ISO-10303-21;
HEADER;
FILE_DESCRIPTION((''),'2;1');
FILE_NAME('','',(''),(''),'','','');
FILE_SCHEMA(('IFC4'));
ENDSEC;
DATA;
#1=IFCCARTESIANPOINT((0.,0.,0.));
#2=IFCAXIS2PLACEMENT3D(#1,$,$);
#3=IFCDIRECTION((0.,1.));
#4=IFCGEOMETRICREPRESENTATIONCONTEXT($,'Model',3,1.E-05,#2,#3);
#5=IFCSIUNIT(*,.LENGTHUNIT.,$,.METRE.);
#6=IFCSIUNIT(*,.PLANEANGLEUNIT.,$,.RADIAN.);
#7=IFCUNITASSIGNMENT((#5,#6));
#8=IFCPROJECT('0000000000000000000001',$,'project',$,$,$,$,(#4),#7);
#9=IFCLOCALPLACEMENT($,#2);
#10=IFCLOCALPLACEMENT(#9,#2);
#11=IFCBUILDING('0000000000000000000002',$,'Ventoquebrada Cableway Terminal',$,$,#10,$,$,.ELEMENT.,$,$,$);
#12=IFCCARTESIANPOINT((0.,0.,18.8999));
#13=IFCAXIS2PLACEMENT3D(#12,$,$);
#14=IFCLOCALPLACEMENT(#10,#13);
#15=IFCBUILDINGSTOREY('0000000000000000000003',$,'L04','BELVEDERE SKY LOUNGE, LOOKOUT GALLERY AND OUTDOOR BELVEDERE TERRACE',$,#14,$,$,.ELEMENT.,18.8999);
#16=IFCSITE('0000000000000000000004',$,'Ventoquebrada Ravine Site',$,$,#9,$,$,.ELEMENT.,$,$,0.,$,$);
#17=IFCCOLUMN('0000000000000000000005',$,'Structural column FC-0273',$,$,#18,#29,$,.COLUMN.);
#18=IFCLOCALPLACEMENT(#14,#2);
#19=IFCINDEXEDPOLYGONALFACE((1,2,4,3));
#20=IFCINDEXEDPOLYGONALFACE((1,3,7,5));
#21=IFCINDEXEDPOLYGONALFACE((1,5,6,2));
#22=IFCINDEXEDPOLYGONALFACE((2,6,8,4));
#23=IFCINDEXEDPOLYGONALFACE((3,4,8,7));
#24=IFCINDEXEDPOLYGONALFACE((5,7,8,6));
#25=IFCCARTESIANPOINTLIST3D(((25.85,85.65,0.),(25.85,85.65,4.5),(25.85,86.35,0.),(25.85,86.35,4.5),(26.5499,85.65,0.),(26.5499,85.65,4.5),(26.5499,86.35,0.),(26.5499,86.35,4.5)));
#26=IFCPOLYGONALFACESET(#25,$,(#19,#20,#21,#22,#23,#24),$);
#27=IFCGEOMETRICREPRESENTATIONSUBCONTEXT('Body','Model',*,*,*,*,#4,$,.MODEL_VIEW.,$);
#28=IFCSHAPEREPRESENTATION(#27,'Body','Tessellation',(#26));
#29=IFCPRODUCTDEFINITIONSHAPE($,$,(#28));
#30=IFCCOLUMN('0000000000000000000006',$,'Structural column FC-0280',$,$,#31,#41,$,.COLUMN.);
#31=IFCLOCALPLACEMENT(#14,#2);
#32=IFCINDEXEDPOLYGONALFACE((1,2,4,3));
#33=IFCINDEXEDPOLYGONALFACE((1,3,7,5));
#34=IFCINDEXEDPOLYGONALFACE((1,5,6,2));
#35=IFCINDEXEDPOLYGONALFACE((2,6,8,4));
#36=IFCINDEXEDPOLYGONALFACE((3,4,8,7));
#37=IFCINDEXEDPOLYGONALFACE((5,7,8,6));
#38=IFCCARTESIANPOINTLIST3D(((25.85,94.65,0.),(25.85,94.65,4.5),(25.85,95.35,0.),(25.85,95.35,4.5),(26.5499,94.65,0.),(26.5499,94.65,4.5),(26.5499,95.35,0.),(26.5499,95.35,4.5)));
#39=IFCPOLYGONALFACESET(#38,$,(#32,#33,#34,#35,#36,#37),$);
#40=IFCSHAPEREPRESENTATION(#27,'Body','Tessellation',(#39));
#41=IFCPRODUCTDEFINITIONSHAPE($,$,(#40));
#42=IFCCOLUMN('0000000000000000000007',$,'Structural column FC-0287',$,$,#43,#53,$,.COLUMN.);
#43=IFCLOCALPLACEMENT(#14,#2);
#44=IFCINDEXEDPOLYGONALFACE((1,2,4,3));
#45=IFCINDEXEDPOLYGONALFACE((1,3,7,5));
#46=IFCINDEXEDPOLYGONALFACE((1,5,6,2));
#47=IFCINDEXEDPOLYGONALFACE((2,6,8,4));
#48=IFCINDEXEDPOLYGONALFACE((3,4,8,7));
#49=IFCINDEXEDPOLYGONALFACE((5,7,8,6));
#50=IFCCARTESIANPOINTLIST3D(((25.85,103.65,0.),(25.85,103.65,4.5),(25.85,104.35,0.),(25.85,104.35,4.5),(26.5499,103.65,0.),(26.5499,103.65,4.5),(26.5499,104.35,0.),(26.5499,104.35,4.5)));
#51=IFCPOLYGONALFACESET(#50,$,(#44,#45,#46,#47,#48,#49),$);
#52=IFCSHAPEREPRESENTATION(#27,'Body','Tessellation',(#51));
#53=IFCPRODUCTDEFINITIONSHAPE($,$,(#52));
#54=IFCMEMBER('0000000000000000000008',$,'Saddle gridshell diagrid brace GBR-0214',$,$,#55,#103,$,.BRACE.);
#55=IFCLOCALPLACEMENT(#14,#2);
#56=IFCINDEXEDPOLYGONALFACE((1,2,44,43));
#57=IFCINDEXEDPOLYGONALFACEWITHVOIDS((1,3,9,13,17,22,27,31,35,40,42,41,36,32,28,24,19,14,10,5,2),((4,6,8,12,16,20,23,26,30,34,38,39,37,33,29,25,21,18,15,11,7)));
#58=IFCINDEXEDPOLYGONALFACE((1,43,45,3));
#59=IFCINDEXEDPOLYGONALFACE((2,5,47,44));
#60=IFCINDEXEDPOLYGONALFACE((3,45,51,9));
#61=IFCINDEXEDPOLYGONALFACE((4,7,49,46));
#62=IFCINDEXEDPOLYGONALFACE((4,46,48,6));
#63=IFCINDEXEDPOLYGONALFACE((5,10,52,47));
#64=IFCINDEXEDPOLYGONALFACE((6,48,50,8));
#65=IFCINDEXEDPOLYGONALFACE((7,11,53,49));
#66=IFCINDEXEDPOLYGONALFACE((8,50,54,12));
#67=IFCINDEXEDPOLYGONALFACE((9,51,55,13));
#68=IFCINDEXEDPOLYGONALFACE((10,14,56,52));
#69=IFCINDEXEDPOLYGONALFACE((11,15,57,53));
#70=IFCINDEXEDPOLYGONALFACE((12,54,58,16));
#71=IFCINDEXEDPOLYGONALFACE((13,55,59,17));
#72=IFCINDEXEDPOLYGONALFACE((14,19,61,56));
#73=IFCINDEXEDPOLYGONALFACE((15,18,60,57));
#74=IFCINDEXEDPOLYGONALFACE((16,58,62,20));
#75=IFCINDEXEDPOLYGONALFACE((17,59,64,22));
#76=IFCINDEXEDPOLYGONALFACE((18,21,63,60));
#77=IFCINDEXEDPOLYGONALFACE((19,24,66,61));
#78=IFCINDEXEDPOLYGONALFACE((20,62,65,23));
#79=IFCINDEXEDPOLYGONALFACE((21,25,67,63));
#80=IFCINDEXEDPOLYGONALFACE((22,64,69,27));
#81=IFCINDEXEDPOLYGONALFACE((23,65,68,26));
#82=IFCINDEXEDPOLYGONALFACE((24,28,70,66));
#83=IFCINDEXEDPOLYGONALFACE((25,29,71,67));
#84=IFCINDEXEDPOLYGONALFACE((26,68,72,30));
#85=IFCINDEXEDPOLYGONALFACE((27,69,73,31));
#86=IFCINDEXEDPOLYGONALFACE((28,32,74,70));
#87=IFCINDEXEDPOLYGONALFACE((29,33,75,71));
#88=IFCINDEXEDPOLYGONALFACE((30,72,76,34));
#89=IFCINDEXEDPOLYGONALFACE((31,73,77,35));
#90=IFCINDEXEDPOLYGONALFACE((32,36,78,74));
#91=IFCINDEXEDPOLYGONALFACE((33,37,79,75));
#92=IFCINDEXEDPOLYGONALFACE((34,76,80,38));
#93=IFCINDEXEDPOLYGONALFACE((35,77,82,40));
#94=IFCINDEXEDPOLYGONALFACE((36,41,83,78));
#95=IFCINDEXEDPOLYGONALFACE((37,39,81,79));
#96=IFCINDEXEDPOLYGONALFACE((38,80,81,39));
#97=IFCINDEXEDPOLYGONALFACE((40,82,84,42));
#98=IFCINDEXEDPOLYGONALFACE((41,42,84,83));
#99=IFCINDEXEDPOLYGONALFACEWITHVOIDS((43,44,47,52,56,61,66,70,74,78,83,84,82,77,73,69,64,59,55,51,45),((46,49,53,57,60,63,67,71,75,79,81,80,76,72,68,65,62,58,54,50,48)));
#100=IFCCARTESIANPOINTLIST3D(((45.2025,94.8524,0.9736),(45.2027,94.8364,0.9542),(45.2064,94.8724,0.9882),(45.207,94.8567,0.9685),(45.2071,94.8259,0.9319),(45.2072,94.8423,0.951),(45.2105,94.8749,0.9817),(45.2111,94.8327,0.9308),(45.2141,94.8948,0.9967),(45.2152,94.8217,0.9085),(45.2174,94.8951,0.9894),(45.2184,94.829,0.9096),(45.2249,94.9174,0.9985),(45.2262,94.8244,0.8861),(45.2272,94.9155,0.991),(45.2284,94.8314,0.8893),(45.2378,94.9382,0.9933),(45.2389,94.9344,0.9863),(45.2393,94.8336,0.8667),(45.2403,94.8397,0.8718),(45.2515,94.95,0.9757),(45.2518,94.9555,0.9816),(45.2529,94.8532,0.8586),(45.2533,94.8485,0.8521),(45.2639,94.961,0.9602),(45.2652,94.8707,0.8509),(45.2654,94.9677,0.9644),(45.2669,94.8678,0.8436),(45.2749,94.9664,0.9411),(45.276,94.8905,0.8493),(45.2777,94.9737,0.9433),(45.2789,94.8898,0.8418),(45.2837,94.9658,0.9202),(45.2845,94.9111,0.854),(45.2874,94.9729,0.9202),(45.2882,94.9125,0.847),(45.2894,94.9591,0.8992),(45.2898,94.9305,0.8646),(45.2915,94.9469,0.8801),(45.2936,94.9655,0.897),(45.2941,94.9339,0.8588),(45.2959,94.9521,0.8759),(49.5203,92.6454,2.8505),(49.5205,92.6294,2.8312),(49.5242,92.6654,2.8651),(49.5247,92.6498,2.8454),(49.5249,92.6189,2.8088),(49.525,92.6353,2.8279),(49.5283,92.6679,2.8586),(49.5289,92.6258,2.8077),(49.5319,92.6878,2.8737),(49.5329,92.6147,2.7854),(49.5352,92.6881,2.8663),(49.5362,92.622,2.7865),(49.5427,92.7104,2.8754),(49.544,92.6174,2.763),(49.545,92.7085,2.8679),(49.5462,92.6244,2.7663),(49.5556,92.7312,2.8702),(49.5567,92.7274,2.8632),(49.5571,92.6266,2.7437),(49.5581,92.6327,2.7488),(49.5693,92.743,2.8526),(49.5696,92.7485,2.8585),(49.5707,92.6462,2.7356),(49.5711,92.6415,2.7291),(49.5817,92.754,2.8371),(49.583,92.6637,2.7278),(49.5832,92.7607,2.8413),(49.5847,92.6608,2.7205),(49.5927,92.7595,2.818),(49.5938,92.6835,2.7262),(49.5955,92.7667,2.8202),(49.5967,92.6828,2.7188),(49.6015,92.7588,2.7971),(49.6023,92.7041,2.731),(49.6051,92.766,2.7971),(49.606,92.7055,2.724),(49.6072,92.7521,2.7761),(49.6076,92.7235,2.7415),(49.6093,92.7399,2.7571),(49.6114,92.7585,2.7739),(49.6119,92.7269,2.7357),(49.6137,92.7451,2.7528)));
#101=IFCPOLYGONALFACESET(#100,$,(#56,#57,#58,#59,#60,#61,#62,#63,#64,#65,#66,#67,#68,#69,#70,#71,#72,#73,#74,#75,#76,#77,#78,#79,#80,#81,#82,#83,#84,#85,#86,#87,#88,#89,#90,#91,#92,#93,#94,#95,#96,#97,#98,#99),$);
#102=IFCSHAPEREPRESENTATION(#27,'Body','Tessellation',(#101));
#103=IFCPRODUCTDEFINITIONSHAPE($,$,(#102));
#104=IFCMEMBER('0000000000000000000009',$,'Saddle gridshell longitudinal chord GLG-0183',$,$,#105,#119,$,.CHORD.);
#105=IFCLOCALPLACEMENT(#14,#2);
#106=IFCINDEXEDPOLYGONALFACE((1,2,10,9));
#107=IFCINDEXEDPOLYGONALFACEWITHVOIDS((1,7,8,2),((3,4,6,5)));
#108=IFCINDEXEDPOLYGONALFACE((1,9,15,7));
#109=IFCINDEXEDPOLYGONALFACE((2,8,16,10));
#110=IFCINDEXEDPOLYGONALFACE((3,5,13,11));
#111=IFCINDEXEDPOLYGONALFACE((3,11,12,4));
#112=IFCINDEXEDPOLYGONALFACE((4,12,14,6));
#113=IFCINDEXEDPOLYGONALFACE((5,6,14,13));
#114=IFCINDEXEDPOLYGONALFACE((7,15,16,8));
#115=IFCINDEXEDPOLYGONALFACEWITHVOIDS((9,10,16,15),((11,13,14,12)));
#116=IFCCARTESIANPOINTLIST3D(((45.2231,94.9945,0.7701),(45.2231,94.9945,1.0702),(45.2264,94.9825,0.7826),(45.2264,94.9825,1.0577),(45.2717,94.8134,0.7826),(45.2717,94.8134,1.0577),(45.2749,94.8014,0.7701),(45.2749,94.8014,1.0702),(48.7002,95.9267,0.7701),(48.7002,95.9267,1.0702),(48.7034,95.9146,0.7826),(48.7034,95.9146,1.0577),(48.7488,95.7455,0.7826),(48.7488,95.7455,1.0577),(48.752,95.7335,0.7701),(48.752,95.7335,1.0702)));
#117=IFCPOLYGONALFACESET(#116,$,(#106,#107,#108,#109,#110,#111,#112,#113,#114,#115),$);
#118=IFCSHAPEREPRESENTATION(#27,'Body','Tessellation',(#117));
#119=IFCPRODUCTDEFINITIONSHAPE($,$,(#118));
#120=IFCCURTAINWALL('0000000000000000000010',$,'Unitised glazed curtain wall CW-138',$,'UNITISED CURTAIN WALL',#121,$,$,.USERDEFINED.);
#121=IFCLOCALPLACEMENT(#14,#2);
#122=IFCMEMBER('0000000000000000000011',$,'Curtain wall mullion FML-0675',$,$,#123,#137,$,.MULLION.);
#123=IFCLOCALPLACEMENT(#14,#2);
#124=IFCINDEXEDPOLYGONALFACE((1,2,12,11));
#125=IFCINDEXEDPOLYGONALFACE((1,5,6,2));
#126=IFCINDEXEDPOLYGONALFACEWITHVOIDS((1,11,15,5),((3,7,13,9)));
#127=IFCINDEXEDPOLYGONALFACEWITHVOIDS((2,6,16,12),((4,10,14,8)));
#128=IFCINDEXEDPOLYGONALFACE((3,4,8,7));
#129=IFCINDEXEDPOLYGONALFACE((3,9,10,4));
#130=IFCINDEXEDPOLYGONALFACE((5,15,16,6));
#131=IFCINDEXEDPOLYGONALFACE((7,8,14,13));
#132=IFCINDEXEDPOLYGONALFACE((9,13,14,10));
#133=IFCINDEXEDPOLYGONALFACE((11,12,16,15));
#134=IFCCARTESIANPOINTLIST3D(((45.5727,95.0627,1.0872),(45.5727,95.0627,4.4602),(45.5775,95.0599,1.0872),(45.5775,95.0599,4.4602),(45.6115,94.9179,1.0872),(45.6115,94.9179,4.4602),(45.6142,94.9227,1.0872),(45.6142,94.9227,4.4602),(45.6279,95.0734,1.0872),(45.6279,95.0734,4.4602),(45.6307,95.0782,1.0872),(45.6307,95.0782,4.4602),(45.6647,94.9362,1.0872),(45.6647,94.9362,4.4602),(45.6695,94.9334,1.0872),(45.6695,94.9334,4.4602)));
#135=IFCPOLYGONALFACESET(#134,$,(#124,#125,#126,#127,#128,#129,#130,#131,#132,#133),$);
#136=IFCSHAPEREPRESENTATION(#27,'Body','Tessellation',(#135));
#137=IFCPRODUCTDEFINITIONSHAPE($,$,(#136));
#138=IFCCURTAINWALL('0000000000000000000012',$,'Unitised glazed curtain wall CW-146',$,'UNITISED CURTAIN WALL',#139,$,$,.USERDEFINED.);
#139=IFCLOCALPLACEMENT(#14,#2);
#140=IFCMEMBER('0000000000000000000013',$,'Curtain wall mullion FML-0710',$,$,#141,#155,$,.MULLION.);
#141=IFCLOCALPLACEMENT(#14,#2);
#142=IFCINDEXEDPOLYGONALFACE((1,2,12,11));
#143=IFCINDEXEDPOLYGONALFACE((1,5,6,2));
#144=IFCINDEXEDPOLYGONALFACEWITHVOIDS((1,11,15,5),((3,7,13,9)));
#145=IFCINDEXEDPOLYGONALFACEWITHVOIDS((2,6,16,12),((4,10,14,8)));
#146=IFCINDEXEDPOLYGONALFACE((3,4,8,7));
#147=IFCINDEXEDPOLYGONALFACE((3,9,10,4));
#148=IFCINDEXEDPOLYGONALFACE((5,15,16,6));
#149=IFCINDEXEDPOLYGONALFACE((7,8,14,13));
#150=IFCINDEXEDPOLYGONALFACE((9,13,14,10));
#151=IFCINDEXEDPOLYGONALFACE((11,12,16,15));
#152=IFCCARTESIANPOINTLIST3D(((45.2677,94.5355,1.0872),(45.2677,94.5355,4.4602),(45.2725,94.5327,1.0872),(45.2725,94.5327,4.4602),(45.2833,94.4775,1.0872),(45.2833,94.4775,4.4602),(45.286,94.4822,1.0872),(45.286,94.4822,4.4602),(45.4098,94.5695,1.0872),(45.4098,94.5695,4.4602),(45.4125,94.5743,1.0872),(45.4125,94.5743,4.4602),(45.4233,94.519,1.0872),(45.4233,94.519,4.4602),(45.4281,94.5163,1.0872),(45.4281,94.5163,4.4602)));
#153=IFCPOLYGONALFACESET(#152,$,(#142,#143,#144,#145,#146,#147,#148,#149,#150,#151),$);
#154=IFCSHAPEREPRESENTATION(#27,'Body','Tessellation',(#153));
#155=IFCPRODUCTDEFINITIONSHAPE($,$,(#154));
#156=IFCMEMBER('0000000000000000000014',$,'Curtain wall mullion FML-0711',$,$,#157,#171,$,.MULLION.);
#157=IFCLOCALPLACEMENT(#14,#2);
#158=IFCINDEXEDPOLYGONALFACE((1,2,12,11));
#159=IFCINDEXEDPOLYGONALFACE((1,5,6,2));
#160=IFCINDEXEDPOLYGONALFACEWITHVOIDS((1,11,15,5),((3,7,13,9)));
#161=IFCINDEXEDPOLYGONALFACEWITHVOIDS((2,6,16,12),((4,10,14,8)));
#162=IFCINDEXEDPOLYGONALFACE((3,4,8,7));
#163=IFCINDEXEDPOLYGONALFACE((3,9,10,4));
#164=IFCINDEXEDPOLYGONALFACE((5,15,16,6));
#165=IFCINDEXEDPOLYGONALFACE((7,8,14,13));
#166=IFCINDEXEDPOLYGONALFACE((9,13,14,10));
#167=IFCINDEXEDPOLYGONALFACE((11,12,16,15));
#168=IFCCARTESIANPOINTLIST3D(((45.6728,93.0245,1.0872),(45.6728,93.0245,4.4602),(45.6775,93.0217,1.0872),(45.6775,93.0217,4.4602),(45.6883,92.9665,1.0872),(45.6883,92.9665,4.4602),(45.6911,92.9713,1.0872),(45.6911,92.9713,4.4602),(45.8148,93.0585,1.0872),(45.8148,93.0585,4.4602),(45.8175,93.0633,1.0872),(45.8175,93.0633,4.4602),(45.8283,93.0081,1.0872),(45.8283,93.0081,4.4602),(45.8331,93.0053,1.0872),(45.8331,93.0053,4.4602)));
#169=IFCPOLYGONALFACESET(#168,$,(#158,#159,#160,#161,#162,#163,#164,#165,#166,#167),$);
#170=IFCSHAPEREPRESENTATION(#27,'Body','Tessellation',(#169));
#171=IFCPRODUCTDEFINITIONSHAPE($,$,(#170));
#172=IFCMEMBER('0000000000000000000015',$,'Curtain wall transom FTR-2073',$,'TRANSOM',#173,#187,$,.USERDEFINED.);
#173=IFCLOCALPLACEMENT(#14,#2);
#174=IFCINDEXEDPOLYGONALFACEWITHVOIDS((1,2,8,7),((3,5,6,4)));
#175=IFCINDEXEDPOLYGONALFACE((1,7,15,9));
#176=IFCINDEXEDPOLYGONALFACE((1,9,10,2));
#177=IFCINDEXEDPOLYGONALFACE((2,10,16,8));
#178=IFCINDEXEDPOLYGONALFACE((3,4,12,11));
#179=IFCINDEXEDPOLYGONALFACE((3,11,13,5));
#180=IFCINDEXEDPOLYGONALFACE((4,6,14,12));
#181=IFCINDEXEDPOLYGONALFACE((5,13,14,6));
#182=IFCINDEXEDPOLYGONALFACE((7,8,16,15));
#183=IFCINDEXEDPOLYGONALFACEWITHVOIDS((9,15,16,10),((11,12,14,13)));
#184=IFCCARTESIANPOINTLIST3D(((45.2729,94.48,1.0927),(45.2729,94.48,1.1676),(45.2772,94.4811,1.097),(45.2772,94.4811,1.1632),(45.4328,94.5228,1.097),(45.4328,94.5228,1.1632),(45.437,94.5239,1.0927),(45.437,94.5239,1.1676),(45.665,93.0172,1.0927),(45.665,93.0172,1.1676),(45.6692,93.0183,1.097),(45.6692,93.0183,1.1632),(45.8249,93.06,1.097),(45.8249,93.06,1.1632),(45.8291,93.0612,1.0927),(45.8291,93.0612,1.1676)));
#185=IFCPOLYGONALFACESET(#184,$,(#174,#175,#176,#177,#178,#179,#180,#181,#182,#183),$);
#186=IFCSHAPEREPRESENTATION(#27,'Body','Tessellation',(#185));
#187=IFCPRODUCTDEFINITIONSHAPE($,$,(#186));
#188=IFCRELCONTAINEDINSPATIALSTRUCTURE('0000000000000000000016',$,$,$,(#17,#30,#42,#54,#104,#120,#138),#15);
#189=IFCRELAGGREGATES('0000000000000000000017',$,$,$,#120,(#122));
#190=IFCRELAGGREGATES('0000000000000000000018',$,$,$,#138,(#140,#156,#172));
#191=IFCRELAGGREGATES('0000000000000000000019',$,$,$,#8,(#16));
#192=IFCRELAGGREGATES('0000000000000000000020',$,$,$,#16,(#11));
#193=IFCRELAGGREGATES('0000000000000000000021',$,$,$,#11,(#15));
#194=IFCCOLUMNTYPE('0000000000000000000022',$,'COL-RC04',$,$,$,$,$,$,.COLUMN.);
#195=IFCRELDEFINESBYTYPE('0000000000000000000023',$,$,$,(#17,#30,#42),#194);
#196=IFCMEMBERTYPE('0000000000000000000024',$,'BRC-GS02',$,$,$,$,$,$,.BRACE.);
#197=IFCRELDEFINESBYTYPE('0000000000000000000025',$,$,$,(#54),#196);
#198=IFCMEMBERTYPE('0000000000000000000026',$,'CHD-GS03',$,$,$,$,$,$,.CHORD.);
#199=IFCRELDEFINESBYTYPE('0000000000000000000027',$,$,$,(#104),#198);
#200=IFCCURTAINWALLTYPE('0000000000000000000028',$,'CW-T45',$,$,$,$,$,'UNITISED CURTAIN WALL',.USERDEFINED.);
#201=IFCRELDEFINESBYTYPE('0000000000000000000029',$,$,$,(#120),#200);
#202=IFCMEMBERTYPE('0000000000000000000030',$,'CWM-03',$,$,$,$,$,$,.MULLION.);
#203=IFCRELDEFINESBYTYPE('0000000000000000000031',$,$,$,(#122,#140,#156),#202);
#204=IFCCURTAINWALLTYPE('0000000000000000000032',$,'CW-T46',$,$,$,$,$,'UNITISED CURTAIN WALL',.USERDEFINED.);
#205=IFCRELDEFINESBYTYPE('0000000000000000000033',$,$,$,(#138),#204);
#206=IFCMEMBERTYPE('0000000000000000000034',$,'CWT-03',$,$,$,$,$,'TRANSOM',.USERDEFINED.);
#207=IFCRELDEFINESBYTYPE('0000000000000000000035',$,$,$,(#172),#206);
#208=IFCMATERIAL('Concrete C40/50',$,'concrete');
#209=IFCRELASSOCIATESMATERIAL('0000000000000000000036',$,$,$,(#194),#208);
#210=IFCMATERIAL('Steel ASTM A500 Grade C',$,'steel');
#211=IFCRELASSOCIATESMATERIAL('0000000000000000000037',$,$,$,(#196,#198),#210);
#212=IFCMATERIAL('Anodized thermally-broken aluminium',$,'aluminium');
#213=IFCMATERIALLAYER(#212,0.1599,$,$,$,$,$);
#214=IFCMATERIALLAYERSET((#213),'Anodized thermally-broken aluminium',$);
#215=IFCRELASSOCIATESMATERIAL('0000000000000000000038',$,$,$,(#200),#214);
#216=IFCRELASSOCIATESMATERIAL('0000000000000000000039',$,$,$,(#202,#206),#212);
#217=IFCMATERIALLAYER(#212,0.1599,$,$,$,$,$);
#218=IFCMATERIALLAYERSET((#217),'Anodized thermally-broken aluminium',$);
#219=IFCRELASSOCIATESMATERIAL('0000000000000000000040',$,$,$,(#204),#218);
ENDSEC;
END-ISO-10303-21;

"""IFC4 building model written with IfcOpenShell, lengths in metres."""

from ifc_helpers import new_model, si_unit, direction, frame, origin, origin_2d, place, context, subcontext, project, spatial, rectangle, hollow_rectangle, hollow_circle, extrude, material, layer, layer_set, material_profile, profile_set, type_object, element, aggregate, save


model = new_model("IFC4")

# Units and contexts
model_context = context("Model", 3, precision=1e-05, world=origin(), true_north=direction((0.0, 1.0)))
body_context = subcontext(model_context, "Body", "Model", "MODEL_VIEW")
ifc_project = project(units=[si_unit("LENGTHUNIT", "METRE"), si_unit("PLANEANGLEUNIT", "RADIAN")], contexts=[model_context])

# Site, building, storey
site_placement = place(None, origin())
site = spatial("IfcSite", under=ifc_project, at=site_placement, Name="Ventoquebrada Ravine Site", CompositionType="ELEMENT", RefElevation=0.0)
building_placement = place(site_placement, origin())
building = spatial("IfcBuilding", under=site, at=building_placement, Name="Ventoquebrada Cableway Terminal", CompositionType="ELEMENT")
storey_placement = place(building_placement, frame((0.0, 0.0, 18.8999)))
storey = spatial("IfcBuildingStorey", under=building, at=storey_placement, Name="L04", Description="BELVEDERE SKY LOUNGE, LOOKOUT GALLERY AND OUTDOOR BELVEDERE TERRACE", CompositionType="ELEMENT", Elevation=18.8999)

# Columns
ifc_material_1 = material(Name="Concrete C40/50", Category="concrete")
ifc_material_profile_1 = material_profile(ifc_material_1, rectangle(XDim=0.7, YDim=0.7, at=origin_2d()), Name="RC-COL-700X700")
ifc_profile_set_1 = profile_set([ifc_material_profile_1], Name="Concrete C40/50")
column_type = type_object("IfcColumnType", Name="COL-RC04", PredefinedType="COLUMN", material=ifc_profile_set_1)
for number, where, z_axis, x_axis, name in (
    (1, (26.2, 86.0, 0.0), (0.0, 0.0, 1.0), (1.0, 0.0, 0.0), "Structural column FC-0273"),
    (2, (26.2, 95.0, 0.0), (0.0, 0.0, 1.0), (1.0, 0.0, 0.0), "Structural column FC-0280"),
    (3, (26.2, 104.0, 0.0), (0.0, 0.0, 1.0), (1.0, 0.0, 0.0), "Structural column FC-0287"),
):
    element("IfcColumn", number, at=place(storey_placement, frame(where, z_axis=z_axis, x_axis=x_axis)), inside=storey, type_object=column_type, Name=name, PredefinedType="COLUMN", context=body_context, shape_type="SweptSolid", body=[
        extrude(rectangle(XDim=0.7, YDim=0.7, at=origin_2d()), origin(), (0.0, 0.0, 1.0), 4.5),
    ])

# Members
ifc_material_2 = material(Name="Steel ASTM A500 Grade C", Category="steel")
ifc_material_profile_2 = material_profile(ifc_material_2, hollow_circle(Radius=0.0842, WallThickness=0.0081, at=origin_2d()), Name="CHS168.3X8")
ifc_profile_set_2 = profile_set([ifc_material_profile_2], Name="Steel ASTM A500 Grade C")
member_type_1 = type_object("IfcMemberType", Name="BRC-GS02", PredefinedType="BRACE", material=ifc_profile_set_2)
member_1_placement = place(storey_placement, frame((45.249, 94.8979, 0.9202), z_axis=(0.830391, -0.424445, 0.360966), x_axis=(0.455131, 0.890425, 0.0)))
element("IfcMember", 4, at=member_1_placement, inside=storey, type_object=member_type_1, Name="Saddle gridshell diagrid brace GBR-0214", PredefinedType="BRACE", context=body_context, shape_type="SweptSolid", body=[
    extrude(hollow_circle(Radius=0.0842, WallThickness=0.0081, at=origin_2d()), origin(), (0.0, 0.0, 1.0), 5.1997),
])
ifc_material_profile_3 = material_profile(ifc_material_2, hollow_rectangle(XDim=0.2, YDim=0.3, WallThickness=0.0125, at=origin_2d()), Name="RHS300X200X12.5")
ifc_profile_set_3 = profile_set([ifc_material_profile_3], Name="Steel ASTM A500 Grade C")
member_type_2 = type_object("IfcMemberType", Name="CHD-GS03", PredefinedType="CHORD", material=ifc_profile_set_3)
member_2_placement = place(storey_placement, frame((45.249, 94.8979, 0.9202), z_axis=(0.965894, 0.258937, 0.0), x_axis=(-0.258937, 0.965894, 0.0)))
element("IfcMember", 5, at=member_2_placement, inside=storey, type_object=member_type_2, Name="Saddle gridshell longitudinal chord GLG-0183", PredefinedType="CHORD", context=body_context, shape_type="SweptSolid", body=[
    extrude(hollow_rectangle(XDim=0.2, YDim=0.3, WallThickness=0.0125, at=origin_2d()), origin(), (0.0, 0.0, 1.0), 3.5999),
])

# Curtain wall, member
ifc_material_3 = material(Name="Anodized thermally-broken aluminium", Category="aluminium")
ifc_layer_1 = layer(ifc_material_3, 0.1599)
ifc_layer_set_1 = layer_set([ifc_layer_1], Name="Anodized thermally-broken aluminium")
curtain_wall_type_1 = type_object("IfcCurtainWallType", Name="CW-T45", ElementType="UNITISED CURTAIN WALL", PredefinedType="USERDEFINED", material=ifc_layer_set_1)
curtain_wall_1_placement = place(storey_placement, origin())
curtain_wall_1 = element("IfcCurtainWall", 6, at=curtain_wall_1_placement, inside=storey, type_object=curtain_wall_type_1, Name="Unitised glazed curtain wall CW-138", ObjectType="UNITISED CURTAIN WALL", PredefinedType="USERDEFINED")
ifc_material_profile_4 = material_profile(ifc_material_3, hollow_rectangle(XDim=0.0601, YDim=0.1499, WallThickness=0.0039, at=origin_2d()), Name="CW-MUL-60X150")
ifc_profile_set_4 = profile_set([ifc_material_profile_4], Name="Anodized thermally-broken aluminium")
member_type_3 = type_object("IfcMemberType", Name="CWM-03", PredefinedType="MULLION", material=ifc_profile_set_4)
member_3_placement = place(storey_placement, frame((45.6211, 94.998, 1.0872), z_axis=(0.0, 0.0, 1.0), x_axis=(-0.965935, -0.258785, 0.0)))
member_3 = element("IfcMember", 7, at=member_3_placement, type_object=member_type_3, Name="Curtain wall mullion FML-0675", PredefinedType="MULLION", context=body_context, shape_type="SweptSolid", body=[
    extrude(hollow_rectangle(XDim=0.0601, YDim=0.1499, WallThickness=0.0039, at=origin_2d()), origin(), (0.0, 0.0, 1.0), 3.373),
])
aggregate(curtain_wall_1, [member_3])

# Curtain wall, members
ifc_layer_2 = layer(ifc_material_3, 0.1599)
ifc_layer_set_2 = layer_set([ifc_layer_2], Name="Anodized thermally-broken aluminium")
curtain_wall_type_2 = type_object("IfcCurtainWallType", Name="CW-T46", ElementType="UNITISED CURTAIN WALL", PredefinedType="USERDEFINED", material=ifc_layer_set_2)
curtain_wall_2_placement = place(storey_placement, origin())
curtain_wall_2 = element("IfcCurtainWall", 8, at=curtain_wall_2_placement, inside=storey, type_object=curtain_wall_type_2, Name="Unitised glazed curtain wall CW-146", ObjectType="UNITISED CURTAIN WALL", PredefinedType="USERDEFINED")
member_4_placement = place(storey_placement, frame((45.3479, 94.5259, 1.0872), z_axis=(0.0, 0.0, 1.0), x_axis=(0.258971, -0.965885, 0.0)))
member_4 = element("IfcMember", 9, at=member_4_placement, type_object=member_type_3, Name="Curtain wall mullion FML-0710", PredefinedType="MULLION", context=body_context, shape_type="SweptSolid", body=[
    extrude(hollow_rectangle(XDim=0.0601, YDim=0.1499, WallThickness=0.0039, at=origin_2d()), origin(), (0.0, 0.0, 1.0), 3.373),
])
member_5_placement = place(storey_placement, frame((45.7529, 93.0149, 1.0872), z_axis=(0.0, 0.0, 1.0), x_axis=(0.258971, -0.965885, 0.0)))
member_5 = element("IfcMember", 10, at=member_5_placement, type_object=member_type_3, Name="Curtain wall mullion FML-0711", PredefinedType="MULLION", context=body_context, shape_type="SweptSolid", body=[
    extrude(hollow_rectangle(XDim=0.0601, YDim=0.1499, WallThickness=0.0039, at=origin_2d()), origin(), (0.0, 0.0, 1.0), 3.373),
])
ifc_material_profile_5 = material_profile(ifc_material_3, hollow_rectangle(XDim=0.075, YDim=0.1699, WallThickness=0.0044, at=origin_2d()), Name="CW-TRN-75X170")
ifc_profile_set_5 = profile_set([ifc_material_profile_5], Name="Anodized thermally-broken aluminium")
member_type_4 = type_object("IfcMemberType", Name="CWT-03", ElementType="TRANSOM", PredefinedType="USERDEFINED", material=ifc_profile_set_5)
member_6_placement = place(storey_placement, frame((45.355, 94.502, 1.1301), z_axis=(0.258886, -0.965908, 0.0), x_axis=(0.0, 0.0, 1.0)))
member_6 = element("IfcMember", 11, at=member_6_placement, type_object=member_type_4, Name="Curtain wall transom FTR-2073", ObjectType="TRANSOM", PredefinedType="USERDEFINED", context=body_context, shape_type="SweptSolid", body=[
    extrude(hollow_rectangle(XDim=0.075, YDim=0.1699, WallThickness=0.0044, at=origin_2d()), origin(), (0.0, 0.0, 1.0), 1.5144),
])

aggregate(curtain_wall_2, [member_4, member_5, member_6])

save(model, "model.ifc")
